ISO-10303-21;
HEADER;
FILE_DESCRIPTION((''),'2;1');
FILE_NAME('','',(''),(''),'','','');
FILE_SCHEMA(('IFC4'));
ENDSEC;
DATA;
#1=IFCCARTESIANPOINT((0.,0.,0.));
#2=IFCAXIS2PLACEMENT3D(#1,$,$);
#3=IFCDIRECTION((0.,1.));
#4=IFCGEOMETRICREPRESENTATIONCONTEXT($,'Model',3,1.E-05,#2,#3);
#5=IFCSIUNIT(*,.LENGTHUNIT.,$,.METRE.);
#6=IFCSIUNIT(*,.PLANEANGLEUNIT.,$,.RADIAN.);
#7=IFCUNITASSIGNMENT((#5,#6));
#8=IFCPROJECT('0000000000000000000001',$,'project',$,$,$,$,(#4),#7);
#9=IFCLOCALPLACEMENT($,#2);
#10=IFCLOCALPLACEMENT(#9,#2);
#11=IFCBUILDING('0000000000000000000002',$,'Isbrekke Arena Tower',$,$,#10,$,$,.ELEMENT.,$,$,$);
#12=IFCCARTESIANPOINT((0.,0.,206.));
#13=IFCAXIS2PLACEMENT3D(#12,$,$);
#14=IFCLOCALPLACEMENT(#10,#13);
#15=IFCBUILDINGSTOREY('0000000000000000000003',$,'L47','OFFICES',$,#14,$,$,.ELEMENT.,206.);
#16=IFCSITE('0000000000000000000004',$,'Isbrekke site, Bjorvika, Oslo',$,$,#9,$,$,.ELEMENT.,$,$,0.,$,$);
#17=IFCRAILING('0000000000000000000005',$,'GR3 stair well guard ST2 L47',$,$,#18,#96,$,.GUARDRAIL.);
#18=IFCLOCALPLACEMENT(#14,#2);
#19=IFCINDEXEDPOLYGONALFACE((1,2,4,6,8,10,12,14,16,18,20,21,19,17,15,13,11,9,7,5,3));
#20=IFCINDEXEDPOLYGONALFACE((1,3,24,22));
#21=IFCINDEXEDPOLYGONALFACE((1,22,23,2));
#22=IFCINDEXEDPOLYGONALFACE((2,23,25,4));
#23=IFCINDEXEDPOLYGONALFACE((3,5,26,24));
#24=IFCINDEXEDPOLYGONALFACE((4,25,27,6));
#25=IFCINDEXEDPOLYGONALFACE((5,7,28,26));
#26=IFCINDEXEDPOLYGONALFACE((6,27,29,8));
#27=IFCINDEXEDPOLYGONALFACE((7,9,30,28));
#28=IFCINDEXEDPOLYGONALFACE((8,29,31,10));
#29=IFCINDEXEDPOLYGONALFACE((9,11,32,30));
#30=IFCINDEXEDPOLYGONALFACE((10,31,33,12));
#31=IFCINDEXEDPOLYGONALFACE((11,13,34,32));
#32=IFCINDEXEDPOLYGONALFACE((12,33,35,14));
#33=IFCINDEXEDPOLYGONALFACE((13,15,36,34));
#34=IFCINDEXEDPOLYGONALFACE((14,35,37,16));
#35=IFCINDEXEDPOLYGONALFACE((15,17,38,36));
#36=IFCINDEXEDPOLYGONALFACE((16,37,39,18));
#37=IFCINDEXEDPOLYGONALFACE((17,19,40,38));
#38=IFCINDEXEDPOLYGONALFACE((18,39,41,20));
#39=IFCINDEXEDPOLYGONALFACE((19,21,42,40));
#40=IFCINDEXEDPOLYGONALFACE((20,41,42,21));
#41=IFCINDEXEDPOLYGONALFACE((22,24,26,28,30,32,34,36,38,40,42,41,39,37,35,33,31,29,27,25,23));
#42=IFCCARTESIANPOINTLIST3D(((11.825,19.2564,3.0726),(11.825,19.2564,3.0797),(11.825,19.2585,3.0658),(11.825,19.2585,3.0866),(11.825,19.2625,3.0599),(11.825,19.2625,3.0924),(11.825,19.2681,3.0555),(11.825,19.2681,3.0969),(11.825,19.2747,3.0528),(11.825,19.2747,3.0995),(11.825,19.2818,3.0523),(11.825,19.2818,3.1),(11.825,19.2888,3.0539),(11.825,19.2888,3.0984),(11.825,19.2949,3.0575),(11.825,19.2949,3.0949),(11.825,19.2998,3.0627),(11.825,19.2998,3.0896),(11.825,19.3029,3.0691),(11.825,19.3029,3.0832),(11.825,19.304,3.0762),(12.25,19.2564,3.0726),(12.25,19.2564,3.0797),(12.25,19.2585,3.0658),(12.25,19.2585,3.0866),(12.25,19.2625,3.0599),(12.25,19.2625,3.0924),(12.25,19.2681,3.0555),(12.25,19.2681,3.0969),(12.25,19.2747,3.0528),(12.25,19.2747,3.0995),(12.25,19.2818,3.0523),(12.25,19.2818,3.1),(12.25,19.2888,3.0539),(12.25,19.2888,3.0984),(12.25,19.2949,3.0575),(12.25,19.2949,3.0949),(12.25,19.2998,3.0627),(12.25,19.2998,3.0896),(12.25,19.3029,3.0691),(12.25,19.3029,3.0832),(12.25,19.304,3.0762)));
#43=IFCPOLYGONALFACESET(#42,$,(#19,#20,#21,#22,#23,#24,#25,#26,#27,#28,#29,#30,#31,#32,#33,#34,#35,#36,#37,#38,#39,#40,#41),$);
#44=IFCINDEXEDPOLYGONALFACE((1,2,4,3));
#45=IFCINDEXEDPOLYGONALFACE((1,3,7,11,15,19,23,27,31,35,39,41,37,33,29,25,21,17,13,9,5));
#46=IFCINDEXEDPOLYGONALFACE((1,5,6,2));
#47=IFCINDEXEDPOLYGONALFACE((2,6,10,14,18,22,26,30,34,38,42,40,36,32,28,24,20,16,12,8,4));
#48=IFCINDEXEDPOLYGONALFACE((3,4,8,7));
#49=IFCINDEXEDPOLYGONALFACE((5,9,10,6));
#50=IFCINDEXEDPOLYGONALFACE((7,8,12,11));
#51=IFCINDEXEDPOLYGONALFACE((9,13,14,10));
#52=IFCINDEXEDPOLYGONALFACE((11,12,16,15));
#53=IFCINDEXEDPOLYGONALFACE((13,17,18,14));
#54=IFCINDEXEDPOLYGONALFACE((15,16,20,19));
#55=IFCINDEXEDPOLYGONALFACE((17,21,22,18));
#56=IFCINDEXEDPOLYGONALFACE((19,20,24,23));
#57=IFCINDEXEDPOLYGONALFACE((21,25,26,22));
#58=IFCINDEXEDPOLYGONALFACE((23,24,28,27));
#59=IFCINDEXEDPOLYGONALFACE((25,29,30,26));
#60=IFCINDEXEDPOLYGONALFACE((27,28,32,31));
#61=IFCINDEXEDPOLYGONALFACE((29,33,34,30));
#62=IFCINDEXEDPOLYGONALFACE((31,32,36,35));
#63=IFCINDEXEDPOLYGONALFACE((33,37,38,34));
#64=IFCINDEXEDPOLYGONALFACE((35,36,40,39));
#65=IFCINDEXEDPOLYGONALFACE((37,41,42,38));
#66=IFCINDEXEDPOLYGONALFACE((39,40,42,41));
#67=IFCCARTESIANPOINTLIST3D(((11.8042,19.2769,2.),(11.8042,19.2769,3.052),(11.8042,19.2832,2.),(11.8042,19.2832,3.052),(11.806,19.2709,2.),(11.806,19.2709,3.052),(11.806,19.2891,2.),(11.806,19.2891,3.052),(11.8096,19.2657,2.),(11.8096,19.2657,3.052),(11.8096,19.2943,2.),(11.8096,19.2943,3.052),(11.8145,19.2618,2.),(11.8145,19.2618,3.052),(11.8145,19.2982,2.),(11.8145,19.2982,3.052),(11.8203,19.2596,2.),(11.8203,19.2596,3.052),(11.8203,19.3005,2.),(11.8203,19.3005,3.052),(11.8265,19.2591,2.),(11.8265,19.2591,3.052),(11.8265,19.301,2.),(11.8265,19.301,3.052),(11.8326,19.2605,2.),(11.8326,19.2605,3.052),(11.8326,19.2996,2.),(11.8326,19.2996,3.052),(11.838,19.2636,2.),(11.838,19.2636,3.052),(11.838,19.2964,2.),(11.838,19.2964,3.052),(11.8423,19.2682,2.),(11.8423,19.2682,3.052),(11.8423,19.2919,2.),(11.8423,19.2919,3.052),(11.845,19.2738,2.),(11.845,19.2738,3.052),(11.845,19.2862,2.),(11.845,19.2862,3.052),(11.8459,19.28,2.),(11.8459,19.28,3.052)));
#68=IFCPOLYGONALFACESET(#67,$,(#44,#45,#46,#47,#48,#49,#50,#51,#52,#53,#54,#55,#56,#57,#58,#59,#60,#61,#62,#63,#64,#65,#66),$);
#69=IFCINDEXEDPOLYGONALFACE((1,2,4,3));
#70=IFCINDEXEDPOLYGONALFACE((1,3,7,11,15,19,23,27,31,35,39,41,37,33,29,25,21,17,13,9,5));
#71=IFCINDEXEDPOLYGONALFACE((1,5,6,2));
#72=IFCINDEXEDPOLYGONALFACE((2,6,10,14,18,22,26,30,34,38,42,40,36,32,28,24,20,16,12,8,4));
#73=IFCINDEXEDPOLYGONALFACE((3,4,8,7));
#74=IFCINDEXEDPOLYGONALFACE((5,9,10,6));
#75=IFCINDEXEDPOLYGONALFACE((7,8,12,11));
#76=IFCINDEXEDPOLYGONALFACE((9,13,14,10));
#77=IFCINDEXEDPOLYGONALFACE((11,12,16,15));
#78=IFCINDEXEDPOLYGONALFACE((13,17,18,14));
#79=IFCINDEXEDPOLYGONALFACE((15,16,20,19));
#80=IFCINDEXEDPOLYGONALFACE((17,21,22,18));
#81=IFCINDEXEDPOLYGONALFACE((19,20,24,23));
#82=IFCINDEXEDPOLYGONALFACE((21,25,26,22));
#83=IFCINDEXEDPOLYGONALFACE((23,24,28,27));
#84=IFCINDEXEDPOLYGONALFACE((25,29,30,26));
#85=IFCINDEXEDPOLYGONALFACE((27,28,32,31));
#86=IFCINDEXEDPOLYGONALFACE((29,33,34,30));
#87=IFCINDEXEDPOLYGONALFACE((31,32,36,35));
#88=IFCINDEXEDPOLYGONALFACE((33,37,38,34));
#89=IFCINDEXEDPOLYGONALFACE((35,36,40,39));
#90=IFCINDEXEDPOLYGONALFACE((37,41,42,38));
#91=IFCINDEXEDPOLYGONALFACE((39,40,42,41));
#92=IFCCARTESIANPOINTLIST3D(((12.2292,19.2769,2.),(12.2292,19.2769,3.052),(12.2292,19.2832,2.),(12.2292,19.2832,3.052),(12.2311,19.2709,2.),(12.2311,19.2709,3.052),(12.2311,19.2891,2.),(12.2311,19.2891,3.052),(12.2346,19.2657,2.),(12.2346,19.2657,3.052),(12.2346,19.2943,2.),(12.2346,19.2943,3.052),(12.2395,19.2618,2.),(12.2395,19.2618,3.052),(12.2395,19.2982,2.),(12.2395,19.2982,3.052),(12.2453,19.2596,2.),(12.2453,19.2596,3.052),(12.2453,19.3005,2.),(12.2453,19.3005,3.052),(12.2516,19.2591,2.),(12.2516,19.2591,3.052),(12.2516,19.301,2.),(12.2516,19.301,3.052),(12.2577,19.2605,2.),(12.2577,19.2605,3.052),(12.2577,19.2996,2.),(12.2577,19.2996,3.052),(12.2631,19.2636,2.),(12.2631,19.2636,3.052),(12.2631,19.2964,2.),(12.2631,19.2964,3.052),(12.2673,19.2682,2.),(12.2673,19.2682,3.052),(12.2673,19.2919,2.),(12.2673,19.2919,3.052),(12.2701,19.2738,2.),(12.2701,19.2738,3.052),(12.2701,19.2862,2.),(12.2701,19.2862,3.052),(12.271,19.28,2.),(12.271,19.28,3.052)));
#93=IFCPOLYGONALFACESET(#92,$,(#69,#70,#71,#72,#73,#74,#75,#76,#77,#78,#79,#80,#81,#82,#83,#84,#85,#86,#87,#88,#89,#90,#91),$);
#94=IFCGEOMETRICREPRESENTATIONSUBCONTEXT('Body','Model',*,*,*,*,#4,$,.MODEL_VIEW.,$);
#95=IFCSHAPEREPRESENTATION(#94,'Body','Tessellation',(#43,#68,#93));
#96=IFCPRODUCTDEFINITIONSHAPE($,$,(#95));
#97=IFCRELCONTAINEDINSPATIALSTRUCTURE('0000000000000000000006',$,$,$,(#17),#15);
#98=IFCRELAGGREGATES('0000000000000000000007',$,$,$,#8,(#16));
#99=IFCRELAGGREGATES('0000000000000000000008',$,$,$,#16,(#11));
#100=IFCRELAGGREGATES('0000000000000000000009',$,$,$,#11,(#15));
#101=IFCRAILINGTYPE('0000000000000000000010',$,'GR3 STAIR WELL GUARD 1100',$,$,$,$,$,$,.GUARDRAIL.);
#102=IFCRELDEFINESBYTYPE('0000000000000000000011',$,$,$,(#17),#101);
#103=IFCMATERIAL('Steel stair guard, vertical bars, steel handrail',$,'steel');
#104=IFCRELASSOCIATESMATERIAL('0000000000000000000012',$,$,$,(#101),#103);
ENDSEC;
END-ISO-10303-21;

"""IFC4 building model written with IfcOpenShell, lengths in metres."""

from ifc_helpers import new_model, si_unit, direction, frame, origin, origin_2d, place, context, subcontext, project, spatial, circle, extrude, material, type_object, element, save


model = new_model("IFC4")

# Units and contexts
model_context = context("Model", 3, precision=1e-05, world=origin(), true_north=direction((0.0, 1.0)))
body_context = subcontext(model_context, "Body", "Model", "MODEL_VIEW")
ifc_project = project(units=[si_unit("LENGTHUNIT", "METRE"), si_unit("PLANEANGLEUNIT", "RADIAN")], contexts=[model_context])

# Site, building, storey
site_placement = place(None, origin())
site = spatial("IfcSite", under=ifc_project, at=site_placement, Name="Isbrekke site, Bjorvika, Oslo", CompositionType="ELEMENT", RefElevation=0.0)
building_placement = place(site_placement, origin())
building = spatial("IfcBuilding", under=site, at=building_placement, Name="Isbrekke Arena Tower", CompositionType="ELEMENT")
storey_placement = place(building_placement, frame((0.0, 0.0, 206.0)))
storey = spatial("IfcBuildingStorey", under=building, at=storey_placement, Name="L47", Description="OFFICES", CompositionType="ELEMENT", Elevation=206.0)

# Railing
ifc_material_1 = material(Name="Steel stair guard, vertical bars, steel handrail", Category="steel")
railing_type = type_object("IfcRailingType", Name="GR3 STAIR WELL GUARD 1100", PredefinedType="GUARDRAIL", material=ifc_material_1)
for number, where, name in (
    (1, (11.825, 19.28, 2.0), "GR3 stair well guard ST2 L47"),
):
    element("IfcRailing", number, at=place(storey_placement, frame(where)), inside=storey, type_object=railing_type, Name=name, PredefinedType="GUARDRAIL", context=body_context, shape_type="SweptSolid", body=[
        extrude(circle(Radius=0.0239, at=origin_2d()), frame((0.0, 0.0, 1.0762), z_axis=(1.0, 0.0, 0.0), x_axis=(0.0, 1.0, 0.0)), (0.0, 0.0, 1.0), 0.425),
        extrude(circle(Radius=0.021, at=origin_2d()), origin(), (0.0, 0.0, 1.0), 1.052),
        extrude(circle(Radius=0.021, at=origin_2d()), frame((0.425, 0.0, 0.0)), (0.0, 0.0, 1.0), 1.052),
    ])

save(model, "model.ifc")
